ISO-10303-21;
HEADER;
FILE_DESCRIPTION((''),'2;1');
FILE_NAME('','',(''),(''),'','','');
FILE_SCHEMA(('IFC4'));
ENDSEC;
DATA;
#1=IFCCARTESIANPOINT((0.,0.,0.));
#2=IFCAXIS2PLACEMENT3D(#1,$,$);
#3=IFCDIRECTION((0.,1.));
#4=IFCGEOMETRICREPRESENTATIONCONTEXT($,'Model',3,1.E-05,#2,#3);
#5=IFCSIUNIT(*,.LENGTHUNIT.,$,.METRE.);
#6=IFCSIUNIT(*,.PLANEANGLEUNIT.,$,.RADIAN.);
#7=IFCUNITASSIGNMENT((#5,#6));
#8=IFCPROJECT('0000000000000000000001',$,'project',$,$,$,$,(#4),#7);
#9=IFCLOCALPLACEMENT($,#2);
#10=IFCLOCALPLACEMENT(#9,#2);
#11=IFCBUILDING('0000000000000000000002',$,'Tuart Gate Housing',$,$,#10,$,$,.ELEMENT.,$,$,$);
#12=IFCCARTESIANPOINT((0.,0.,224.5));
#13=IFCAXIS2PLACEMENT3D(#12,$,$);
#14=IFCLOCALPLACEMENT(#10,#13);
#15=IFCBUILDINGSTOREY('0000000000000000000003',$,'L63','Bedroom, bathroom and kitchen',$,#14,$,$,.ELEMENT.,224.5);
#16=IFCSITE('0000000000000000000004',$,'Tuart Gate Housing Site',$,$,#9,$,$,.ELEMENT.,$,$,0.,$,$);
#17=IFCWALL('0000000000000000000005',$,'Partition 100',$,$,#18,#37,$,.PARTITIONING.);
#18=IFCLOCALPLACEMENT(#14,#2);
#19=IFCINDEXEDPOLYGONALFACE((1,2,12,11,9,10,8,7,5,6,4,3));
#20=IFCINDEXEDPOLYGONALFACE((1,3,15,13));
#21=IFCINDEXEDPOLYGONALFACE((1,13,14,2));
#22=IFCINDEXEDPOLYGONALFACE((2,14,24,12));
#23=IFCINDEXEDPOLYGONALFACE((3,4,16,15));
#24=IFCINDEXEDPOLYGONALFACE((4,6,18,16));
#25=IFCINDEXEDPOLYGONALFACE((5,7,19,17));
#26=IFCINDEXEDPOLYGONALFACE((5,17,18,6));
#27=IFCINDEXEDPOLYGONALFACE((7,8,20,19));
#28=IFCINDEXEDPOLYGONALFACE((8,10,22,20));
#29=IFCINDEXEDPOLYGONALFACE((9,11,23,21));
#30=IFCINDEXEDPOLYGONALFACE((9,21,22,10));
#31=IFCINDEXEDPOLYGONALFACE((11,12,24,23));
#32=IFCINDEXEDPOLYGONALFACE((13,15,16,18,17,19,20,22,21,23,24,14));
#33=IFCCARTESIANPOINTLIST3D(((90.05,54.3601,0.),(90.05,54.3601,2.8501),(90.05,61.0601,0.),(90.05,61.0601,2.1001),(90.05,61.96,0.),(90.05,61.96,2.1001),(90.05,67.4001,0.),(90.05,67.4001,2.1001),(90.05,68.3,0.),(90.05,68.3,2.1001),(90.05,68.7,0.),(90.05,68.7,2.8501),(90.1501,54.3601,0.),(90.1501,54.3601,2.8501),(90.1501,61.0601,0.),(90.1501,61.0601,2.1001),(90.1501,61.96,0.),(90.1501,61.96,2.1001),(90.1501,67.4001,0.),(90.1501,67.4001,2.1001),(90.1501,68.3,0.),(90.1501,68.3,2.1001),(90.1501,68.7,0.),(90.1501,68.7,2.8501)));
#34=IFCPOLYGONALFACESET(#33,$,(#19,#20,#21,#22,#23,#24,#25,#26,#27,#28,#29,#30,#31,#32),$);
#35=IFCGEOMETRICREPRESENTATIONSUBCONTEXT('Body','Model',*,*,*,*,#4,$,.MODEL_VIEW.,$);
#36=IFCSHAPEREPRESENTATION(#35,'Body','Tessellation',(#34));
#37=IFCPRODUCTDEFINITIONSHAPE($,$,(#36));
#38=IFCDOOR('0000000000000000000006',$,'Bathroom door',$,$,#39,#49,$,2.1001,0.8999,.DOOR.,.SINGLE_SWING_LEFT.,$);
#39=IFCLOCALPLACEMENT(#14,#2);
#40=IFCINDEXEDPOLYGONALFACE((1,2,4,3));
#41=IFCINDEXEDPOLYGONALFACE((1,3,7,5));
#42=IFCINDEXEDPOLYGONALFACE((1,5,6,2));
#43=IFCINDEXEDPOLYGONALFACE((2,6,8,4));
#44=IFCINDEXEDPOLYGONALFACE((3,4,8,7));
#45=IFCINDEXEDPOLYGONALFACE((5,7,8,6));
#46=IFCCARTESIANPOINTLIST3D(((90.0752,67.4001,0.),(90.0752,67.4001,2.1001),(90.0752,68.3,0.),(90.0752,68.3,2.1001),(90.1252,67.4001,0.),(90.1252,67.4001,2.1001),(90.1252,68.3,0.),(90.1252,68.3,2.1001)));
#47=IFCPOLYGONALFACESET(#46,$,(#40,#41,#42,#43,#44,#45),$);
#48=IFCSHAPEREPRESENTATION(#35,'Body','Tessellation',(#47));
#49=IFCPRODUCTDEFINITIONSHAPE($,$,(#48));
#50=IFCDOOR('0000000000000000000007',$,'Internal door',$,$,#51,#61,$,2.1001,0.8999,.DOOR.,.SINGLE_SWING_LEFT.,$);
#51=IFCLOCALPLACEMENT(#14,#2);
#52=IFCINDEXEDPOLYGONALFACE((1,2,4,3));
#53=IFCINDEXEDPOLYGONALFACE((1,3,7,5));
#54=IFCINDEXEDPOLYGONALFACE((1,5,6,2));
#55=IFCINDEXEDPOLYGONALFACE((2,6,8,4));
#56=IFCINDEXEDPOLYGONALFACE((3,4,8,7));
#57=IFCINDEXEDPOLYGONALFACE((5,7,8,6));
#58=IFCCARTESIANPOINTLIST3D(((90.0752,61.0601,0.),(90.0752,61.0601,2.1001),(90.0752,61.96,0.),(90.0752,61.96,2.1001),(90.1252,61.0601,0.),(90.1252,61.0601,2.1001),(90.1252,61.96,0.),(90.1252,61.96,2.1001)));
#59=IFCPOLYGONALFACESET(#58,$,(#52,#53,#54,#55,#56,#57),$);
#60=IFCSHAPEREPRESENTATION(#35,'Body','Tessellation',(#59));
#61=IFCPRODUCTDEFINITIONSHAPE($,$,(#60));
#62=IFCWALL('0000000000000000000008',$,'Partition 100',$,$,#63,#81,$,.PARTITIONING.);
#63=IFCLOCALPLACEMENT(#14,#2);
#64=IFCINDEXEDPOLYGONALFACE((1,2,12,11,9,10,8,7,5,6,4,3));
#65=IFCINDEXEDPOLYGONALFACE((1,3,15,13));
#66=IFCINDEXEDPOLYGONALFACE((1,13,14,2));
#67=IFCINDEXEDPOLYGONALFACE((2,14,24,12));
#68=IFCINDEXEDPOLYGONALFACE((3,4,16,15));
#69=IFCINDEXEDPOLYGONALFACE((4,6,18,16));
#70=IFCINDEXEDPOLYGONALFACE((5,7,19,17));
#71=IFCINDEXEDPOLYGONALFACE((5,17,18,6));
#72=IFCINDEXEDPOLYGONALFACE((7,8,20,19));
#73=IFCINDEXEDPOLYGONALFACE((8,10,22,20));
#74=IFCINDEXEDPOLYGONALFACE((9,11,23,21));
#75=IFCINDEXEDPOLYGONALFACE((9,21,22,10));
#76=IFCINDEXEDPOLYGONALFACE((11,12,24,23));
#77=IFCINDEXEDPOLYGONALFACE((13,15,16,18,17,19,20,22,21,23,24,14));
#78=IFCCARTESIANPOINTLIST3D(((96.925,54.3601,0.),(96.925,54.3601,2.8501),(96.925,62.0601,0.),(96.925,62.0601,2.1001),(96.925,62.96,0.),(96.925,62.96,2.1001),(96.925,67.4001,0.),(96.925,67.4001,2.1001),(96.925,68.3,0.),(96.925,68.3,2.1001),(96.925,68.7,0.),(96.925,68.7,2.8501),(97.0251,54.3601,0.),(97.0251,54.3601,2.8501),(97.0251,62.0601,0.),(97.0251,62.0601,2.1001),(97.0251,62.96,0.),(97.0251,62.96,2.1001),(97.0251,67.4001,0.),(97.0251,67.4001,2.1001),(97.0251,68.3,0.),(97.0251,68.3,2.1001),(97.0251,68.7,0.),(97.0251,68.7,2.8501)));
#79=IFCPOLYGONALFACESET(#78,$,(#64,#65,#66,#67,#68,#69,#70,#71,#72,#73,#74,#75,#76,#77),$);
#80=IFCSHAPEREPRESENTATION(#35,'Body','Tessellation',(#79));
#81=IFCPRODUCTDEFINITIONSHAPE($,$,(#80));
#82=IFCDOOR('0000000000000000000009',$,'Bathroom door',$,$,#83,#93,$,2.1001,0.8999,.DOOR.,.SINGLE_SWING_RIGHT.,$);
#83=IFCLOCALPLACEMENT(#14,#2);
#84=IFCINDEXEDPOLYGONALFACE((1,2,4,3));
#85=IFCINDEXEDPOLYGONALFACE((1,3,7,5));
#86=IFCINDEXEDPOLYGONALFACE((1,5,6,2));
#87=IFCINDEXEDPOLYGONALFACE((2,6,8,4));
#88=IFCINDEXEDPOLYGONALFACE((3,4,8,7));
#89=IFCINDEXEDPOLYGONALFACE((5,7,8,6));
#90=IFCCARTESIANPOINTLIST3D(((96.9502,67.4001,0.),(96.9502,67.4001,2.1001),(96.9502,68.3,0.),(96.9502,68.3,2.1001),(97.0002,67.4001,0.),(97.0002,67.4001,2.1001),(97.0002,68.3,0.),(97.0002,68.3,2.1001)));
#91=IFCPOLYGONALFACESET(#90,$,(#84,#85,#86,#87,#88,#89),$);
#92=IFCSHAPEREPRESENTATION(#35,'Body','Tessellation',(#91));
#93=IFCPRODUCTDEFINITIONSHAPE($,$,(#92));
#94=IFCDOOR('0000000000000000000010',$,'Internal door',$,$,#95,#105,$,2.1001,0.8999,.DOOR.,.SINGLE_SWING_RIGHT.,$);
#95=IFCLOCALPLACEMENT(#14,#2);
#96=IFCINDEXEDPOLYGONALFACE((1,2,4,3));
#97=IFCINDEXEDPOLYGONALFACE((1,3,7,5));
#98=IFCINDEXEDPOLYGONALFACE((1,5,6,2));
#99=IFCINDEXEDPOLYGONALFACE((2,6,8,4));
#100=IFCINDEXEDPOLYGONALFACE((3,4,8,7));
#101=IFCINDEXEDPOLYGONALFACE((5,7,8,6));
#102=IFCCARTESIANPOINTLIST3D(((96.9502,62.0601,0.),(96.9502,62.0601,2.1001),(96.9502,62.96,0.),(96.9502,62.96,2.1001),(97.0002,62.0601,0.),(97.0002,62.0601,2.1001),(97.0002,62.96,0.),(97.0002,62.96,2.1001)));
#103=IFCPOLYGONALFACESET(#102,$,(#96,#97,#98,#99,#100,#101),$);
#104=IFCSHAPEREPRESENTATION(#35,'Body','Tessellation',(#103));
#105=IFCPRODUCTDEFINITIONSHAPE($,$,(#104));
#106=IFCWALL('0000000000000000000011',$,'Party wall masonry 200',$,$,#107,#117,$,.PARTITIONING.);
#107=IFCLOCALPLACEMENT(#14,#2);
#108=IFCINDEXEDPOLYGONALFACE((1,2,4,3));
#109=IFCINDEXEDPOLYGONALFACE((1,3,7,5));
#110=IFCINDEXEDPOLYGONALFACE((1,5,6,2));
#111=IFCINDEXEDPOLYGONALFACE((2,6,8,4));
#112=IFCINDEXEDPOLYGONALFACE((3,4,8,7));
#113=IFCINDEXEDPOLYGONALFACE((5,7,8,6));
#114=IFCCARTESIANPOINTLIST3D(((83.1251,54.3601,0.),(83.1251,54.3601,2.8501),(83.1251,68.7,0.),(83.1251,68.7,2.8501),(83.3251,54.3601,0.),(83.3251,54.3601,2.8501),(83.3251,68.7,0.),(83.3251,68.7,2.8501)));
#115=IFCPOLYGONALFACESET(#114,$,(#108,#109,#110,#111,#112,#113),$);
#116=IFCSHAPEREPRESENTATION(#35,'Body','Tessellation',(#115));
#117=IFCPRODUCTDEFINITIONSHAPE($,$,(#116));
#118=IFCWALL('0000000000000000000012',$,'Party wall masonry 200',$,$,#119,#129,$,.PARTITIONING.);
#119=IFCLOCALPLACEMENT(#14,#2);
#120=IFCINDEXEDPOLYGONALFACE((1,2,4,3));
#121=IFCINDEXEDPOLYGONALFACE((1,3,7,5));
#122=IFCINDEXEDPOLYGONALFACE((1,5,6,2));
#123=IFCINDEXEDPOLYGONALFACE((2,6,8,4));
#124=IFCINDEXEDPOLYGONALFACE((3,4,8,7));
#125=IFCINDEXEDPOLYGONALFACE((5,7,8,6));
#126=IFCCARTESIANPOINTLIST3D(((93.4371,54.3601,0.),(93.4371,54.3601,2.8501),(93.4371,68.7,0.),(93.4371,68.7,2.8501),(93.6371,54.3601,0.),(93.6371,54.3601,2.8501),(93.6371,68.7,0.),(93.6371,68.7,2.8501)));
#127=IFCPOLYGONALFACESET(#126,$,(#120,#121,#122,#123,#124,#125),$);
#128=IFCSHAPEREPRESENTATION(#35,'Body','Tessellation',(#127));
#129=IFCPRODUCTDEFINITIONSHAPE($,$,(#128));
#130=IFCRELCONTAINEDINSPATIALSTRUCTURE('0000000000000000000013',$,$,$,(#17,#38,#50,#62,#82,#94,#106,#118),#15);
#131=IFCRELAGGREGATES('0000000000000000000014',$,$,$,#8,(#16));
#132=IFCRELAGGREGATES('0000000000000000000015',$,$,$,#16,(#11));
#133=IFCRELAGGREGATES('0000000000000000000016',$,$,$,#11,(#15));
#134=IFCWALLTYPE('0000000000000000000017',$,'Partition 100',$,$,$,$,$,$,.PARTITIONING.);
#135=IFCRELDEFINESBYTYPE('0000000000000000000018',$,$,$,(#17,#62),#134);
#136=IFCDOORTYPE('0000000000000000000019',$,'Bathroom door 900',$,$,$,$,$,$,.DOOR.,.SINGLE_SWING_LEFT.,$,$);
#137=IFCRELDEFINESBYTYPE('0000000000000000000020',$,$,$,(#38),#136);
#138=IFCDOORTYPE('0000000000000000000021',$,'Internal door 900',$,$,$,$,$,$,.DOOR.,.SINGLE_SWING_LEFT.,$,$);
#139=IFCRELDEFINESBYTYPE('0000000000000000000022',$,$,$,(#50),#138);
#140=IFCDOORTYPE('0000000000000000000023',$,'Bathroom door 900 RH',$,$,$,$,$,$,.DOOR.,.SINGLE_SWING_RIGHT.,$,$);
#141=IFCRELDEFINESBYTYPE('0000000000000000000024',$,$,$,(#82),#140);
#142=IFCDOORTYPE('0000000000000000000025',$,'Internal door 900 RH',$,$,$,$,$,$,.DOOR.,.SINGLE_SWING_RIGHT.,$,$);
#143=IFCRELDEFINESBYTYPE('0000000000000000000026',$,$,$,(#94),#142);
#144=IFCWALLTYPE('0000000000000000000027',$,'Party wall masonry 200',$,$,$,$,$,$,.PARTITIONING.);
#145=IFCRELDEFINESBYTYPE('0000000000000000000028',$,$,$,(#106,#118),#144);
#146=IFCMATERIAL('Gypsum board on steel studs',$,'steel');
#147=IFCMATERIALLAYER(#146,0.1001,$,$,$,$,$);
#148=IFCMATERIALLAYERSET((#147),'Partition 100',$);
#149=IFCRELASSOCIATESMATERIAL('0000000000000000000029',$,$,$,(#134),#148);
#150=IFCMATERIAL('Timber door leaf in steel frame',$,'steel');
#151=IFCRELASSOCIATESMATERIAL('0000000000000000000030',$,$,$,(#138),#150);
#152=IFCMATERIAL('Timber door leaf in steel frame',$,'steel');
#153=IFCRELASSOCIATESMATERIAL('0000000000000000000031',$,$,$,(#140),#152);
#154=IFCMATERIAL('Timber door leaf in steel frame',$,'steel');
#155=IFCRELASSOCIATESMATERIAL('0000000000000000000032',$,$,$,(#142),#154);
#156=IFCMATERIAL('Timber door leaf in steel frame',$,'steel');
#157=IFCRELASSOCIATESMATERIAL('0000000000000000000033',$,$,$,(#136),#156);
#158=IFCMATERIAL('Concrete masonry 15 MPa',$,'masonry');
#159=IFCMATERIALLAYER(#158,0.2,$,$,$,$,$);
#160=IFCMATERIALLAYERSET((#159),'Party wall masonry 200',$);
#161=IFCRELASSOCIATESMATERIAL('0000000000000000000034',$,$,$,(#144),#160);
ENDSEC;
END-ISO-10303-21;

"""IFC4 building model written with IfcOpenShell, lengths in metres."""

from ifc_helpers import new_model, si_unit, direction, frame, frame_2d, origin, place, context, subcontext, project, spatial, rectangle, extrude, material, layer, layer_set, type_object, element, fill, save


model = new_model("IFC4")

# Units and contexts
model_context = context("Model", 3, precision=1e-05, world=origin(), true_north=direction((0.0, 1.0)))
body_context = subcontext(model_context, "Body", "Model", "MODEL_VIEW")
ifc_project = project(units=[si_unit("LENGTHUNIT", "METRE"), si_unit("PLANEANGLEUNIT", "RADIAN")], contexts=[model_context])

# Site, building, storey
site_placement = place(None, origin())
site = spatial("IfcSite", under=ifc_project, at=site_placement, Name="Tuart Gate Housing Site", CompositionType="ELEMENT", RefElevation=0.0)
building_placement = place(site_placement, origin())
building = spatial("IfcBuilding", under=site, at=building_placement, Name="Tuart Gate Housing", CompositionType="ELEMENT")
storey_placement = place(building_placement, frame((0.0, 0.0, 224.5)))
storey = spatial("IfcBuildingStorey", under=building, at=storey_placement, Name="L63", Description="Bedroom, bathroom and kitchen", CompositionType="ELEMENT", Elevation=224.5)

# Shared definitions
ifc_material_1 = material(Name="Gypsum board on steel studs", Category="steel")
ifc_layer_1 = layer(ifc_material_1, 0.1001)
ifc_layer_set_1 = layer_set([ifc_layer_1], Name="Partition 100")
wall_type_1 = type_object("IfcWallType", Name="Partition 100", PredefinedType="PARTITIONING", material=ifc_layer_set_1)
ifc_material_2 = material(Name="Timber door leaf in steel frame", Category="steel")
door_type_1 = type_object("IfcDoorType", Name="Internal door 900", OperationType="SINGLE_SWING_LEFT", PredefinedType="DOOR", material=ifc_material_2)

# Walls, openings, doors
ifc_material_3 = material(Name="Timber door leaf in steel frame", Category="steel")
door_type_2 = type_object("IfcDoorType", Name="Bathroom door 900 RH", OperationType="SINGLE_SWING_RIGHT", PredefinedType="DOOR", material=ifc_material_3)
ifc_material_4 = material(Name="Timber door leaf in steel frame", Category="steel")
door_type_3 = type_object("IfcDoorType", Name="Internal door 900 RH", OperationType="SINGLE_SWING_RIGHT", PredefinedType="DOOR", material=ifc_material_4)
wall_1_placement = place(storey_placement, frame((90.1001, 54.3601, 0.0), z_axis=(0.0, 0.0, 1.0), x_axis=(0.0, 1.0, 0.0)))
wall_1 = element("IfcWall", 1, at=wall_1_placement, inside=storey, type_object=wall_type_1, Name="Partition 100", PredefinedType="PARTITIONING", context=body_context, shape_type="SweptSolid", body=[
    extrude(rectangle(XDim=14.3398, YDim=0.1001, at=frame_2d((7.1699, 0.0))), origin(), (0.0, 0.0, 1.0), 2.8501),
])
opening_1_placement = place(wall_1_placement, frame((6.7, 0.0, 0.0)))
opening_1 = element("IfcOpeningElement", 2, at=opening_1_placement, cuts=wall_1, PredefinedType="OPENING", context=body_context, shape_type="SweptSolid", body=[
    extrude(rectangle(XDim=0.8999, YDim=2.1001, at=frame_2d((0.45, 1.05))), frame((0.0, 0.0601, 0.0), z_axis=(0.0, -1.0, 0.0), x_axis=(1.0, 0.0, 0.0)), (0.0, 0.0, 1.0), 0.1201),
])
opening_2_placement = place(wall_1_placement, frame((13.04, 0.0, 0.0)))
opening_2 = element("IfcOpeningElement", 3, at=opening_2_placement, cuts=wall_1, PredefinedType="OPENING", context=body_context, shape_type="SweptSolid", body=[
    extrude(rectangle(XDim=0.8999, YDim=2.1001, at=frame_2d((0.45, 1.05))), frame((0.0, 0.0601, 0.0), z_axis=(0.0, -1.0, 0.0), x_axis=(1.0, 0.0, 0.0)), (0.0, 0.0, 1.0), 0.1201),
])
ifc_material_5 = material(Name="Timber door leaf in steel frame", Category="steel")
door_type_4 = type_object("IfcDoorType", Name="Bathroom door 900", OperationType="SINGLE_SWING_LEFT", PredefinedType="DOOR", material=ifc_material_5)
door_1_placement = place(opening_2_placement, frame((0.8999, 0.0, 0.0), z_axis=(0.0, 0.0, 1.0), x_axis=(-1.0, 0.0, 0.0)))
door_1 = element("IfcDoor", 4, at=door_1_placement, inside=storey, type_object=door_type_4, Name="Bathroom door", OperationType="SINGLE_SWING_LEFT", OverallHeight=2.1001, OverallWidth=0.8999, PredefinedType="DOOR", context=body_context, shape_type="SweptSolid", body=[
    extrude(rectangle(XDim=0.8999, YDim=2.1001, at=frame_2d((0.45, 1.05))), frame((0.0, 0.0251, 0.0), z_axis=(0.0, -1.0, 0.0), x_axis=(1.0, 0.0, 0.0)), (0.0, 0.0, 1.0), 0.05),
])
fill(opening_2, door_1)
door_2_placement = place(opening_1_placement, frame((0.8999, 0.0, 0.0), z_axis=(0.0, 0.0, 1.0), x_axis=(-1.0, 0.0, 0.0)))
door_2 = element("IfcDoor", 5, at=door_2_placement, inside=storey, type_object=door_type_1, Name="Internal door", OperationType="SINGLE_SWING_LEFT", OverallHeight=2.1001, OverallWidth=0.8999, PredefinedType="DOOR", context=body_context, shape_type="SweptSolid", body=[
    extrude(rectangle(XDim=0.8999, YDim=2.1001, at=frame_2d((0.45, 1.05))), frame((0.0, 0.0251, 0.0), z_axis=(0.0, -1.0, 0.0), x_axis=(1.0, 0.0, 0.0)), (0.0, 0.0, 1.0), 0.05),
])
fill(opening_1, door_2)
wall_2_placement = place(storey_placement, frame((96.9751, 54.3601, 0.0), z_axis=(0.0, 0.0, 1.0), x_axis=(0.0, 1.0, 0.0)))
wall_2 = element("IfcWall", 6, at=wall_2_placement, inside=storey, type_object=wall_type_1, Name="Partition 100", PredefinedType="PARTITIONING", context=body_context, shape_type="SweptSolid", body=[
    extrude(rectangle(XDim=14.3398, YDim=0.1001, at=frame_2d((7.1699, 0.0))), origin(), (0.0, 0.0, 1.0), 2.8501),
])
opening_3_placement = place(wall_2_placement, frame((7.7, 0.0, 0.0)))
opening_3 = element("IfcOpeningElement", 7, at=opening_3_placement, cuts=wall_2, PredefinedType="OPENING", context=body_context, shape_type="SweptSolid", body=[
    extrude(rectangle(XDim=0.8999, YDim=2.1001, at=frame_2d((0.45, 1.05))), frame((0.0, 0.0601, 0.0), z_axis=(0.0, -1.0, 0.0), x_axis=(1.0, 0.0, 0.0)), (0.0, 0.0, 1.0), 0.1201),
])
opening_4_placement = place(wall_2_placement, frame((13.04, 0.0, 0.0)))
opening_4 = element("IfcOpeningElement", 8, at=opening_4_placement, cuts=wall_2, PredefinedType="OPENING", context=body_context, shape_type="SweptSolid", body=[
    extrude(rectangle(XDim=0.8999, YDim=2.1001, at=frame_2d((0.45, 1.05))), frame((0.0, 0.0601, 0.0), z_axis=(0.0, -1.0, 0.0), x_axis=(1.0, 0.0, 0.0)), (0.0, 0.0, 1.0), 0.1201),
])
door_3_placement = place(opening_4_placement, origin())
door_3 = element("IfcDoor", 9, at=door_3_placement, inside=storey, type_object=door_type_2, Name="Bathroom door", OperationType="SINGLE_SWING_RIGHT", OverallHeight=2.1001, OverallWidth=0.8999, PredefinedType="DOOR", context=body_context, shape_type="SweptSolid", body=[
    extrude(rectangle(XDim=0.8999, YDim=2.1001, at=frame_2d((0.45, 1.05))), frame((0.0, 0.0249, 0.0), z_axis=(0.0, -1.0, 0.0), x_axis=(1.0, 0.0, 0.0)), (0.0, 0.0, 1.0), 0.05),
])
fill(opening_4, door_3)
door_4_placement = place(opening_3_placement, origin())
door_4 = element("IfcDoor", 10, at=door_4_placement, inside=storey, type_object=door_type_3, Name="Internal door", OperationType="SINGLE_SWING_RIGHT", OverallHeight=2.1001, OverallWidth=0.8999, PredefinedType="DOOR", context=body_context, shape_type="SweptSolid", body=[
    extrude(rectangle(XDim=0.8999, YDim=2.1001, at=frame_2d((0.45, 1.05))), frame((0.0, 0.0249, 0.0), z_axis=(0.0, -1.0, 0.0), x_axis=(1.0, 0.0, 0.0)), (0.0, 0.0, 1.0), 0.05),
])
fill(opening_3, door_4)

# Walls
ifc_material_6 = material(Name="Concrete masonry 15 MPa", Category="masonry")
ifc_layer_2 = layer(ifc_material_6, 0.2)
ifc_layer_set_2 = layer_set([ifc_layer_2], Name="Party wall masonry 200")
wall_type_2 = type_object("IfcWallType", Name="Party wall masonry 200", PredefinedType="PARTITIONING", material=ifc_layer_set_2)
for number, where, z_axis, x_axis, name in (
    (11, (83.2251, 54.3601, 0.0), (0.0, 0.0, 1.0), (0.0, 1.0, 0.0), "Party wall masonry 200"),
    (12, (93.5371, 54.3601, 0.0), (0.0, 0.0, 1.0), (0.0, 1.0, 0.0), "Party wall masonry 200"),
):
    element("IfcWall", number, at=place(storey_placement, frame(where, z_axis=z_axis, x_axis=x_axis)), inside=storey, type_object=wall_type_2, Name=name, PredefinedType="PARTITIONING", context=body_context, shape_type="SweptSolid", body=[
        extrude(rectangle(XDim=14.3398, YDim=0.2, at=frame_2d((7.1699, 0.0))), origin(), (0.0, 0.0, 1.0), 2.8501),
    ])

save(model, "model.ifc")
